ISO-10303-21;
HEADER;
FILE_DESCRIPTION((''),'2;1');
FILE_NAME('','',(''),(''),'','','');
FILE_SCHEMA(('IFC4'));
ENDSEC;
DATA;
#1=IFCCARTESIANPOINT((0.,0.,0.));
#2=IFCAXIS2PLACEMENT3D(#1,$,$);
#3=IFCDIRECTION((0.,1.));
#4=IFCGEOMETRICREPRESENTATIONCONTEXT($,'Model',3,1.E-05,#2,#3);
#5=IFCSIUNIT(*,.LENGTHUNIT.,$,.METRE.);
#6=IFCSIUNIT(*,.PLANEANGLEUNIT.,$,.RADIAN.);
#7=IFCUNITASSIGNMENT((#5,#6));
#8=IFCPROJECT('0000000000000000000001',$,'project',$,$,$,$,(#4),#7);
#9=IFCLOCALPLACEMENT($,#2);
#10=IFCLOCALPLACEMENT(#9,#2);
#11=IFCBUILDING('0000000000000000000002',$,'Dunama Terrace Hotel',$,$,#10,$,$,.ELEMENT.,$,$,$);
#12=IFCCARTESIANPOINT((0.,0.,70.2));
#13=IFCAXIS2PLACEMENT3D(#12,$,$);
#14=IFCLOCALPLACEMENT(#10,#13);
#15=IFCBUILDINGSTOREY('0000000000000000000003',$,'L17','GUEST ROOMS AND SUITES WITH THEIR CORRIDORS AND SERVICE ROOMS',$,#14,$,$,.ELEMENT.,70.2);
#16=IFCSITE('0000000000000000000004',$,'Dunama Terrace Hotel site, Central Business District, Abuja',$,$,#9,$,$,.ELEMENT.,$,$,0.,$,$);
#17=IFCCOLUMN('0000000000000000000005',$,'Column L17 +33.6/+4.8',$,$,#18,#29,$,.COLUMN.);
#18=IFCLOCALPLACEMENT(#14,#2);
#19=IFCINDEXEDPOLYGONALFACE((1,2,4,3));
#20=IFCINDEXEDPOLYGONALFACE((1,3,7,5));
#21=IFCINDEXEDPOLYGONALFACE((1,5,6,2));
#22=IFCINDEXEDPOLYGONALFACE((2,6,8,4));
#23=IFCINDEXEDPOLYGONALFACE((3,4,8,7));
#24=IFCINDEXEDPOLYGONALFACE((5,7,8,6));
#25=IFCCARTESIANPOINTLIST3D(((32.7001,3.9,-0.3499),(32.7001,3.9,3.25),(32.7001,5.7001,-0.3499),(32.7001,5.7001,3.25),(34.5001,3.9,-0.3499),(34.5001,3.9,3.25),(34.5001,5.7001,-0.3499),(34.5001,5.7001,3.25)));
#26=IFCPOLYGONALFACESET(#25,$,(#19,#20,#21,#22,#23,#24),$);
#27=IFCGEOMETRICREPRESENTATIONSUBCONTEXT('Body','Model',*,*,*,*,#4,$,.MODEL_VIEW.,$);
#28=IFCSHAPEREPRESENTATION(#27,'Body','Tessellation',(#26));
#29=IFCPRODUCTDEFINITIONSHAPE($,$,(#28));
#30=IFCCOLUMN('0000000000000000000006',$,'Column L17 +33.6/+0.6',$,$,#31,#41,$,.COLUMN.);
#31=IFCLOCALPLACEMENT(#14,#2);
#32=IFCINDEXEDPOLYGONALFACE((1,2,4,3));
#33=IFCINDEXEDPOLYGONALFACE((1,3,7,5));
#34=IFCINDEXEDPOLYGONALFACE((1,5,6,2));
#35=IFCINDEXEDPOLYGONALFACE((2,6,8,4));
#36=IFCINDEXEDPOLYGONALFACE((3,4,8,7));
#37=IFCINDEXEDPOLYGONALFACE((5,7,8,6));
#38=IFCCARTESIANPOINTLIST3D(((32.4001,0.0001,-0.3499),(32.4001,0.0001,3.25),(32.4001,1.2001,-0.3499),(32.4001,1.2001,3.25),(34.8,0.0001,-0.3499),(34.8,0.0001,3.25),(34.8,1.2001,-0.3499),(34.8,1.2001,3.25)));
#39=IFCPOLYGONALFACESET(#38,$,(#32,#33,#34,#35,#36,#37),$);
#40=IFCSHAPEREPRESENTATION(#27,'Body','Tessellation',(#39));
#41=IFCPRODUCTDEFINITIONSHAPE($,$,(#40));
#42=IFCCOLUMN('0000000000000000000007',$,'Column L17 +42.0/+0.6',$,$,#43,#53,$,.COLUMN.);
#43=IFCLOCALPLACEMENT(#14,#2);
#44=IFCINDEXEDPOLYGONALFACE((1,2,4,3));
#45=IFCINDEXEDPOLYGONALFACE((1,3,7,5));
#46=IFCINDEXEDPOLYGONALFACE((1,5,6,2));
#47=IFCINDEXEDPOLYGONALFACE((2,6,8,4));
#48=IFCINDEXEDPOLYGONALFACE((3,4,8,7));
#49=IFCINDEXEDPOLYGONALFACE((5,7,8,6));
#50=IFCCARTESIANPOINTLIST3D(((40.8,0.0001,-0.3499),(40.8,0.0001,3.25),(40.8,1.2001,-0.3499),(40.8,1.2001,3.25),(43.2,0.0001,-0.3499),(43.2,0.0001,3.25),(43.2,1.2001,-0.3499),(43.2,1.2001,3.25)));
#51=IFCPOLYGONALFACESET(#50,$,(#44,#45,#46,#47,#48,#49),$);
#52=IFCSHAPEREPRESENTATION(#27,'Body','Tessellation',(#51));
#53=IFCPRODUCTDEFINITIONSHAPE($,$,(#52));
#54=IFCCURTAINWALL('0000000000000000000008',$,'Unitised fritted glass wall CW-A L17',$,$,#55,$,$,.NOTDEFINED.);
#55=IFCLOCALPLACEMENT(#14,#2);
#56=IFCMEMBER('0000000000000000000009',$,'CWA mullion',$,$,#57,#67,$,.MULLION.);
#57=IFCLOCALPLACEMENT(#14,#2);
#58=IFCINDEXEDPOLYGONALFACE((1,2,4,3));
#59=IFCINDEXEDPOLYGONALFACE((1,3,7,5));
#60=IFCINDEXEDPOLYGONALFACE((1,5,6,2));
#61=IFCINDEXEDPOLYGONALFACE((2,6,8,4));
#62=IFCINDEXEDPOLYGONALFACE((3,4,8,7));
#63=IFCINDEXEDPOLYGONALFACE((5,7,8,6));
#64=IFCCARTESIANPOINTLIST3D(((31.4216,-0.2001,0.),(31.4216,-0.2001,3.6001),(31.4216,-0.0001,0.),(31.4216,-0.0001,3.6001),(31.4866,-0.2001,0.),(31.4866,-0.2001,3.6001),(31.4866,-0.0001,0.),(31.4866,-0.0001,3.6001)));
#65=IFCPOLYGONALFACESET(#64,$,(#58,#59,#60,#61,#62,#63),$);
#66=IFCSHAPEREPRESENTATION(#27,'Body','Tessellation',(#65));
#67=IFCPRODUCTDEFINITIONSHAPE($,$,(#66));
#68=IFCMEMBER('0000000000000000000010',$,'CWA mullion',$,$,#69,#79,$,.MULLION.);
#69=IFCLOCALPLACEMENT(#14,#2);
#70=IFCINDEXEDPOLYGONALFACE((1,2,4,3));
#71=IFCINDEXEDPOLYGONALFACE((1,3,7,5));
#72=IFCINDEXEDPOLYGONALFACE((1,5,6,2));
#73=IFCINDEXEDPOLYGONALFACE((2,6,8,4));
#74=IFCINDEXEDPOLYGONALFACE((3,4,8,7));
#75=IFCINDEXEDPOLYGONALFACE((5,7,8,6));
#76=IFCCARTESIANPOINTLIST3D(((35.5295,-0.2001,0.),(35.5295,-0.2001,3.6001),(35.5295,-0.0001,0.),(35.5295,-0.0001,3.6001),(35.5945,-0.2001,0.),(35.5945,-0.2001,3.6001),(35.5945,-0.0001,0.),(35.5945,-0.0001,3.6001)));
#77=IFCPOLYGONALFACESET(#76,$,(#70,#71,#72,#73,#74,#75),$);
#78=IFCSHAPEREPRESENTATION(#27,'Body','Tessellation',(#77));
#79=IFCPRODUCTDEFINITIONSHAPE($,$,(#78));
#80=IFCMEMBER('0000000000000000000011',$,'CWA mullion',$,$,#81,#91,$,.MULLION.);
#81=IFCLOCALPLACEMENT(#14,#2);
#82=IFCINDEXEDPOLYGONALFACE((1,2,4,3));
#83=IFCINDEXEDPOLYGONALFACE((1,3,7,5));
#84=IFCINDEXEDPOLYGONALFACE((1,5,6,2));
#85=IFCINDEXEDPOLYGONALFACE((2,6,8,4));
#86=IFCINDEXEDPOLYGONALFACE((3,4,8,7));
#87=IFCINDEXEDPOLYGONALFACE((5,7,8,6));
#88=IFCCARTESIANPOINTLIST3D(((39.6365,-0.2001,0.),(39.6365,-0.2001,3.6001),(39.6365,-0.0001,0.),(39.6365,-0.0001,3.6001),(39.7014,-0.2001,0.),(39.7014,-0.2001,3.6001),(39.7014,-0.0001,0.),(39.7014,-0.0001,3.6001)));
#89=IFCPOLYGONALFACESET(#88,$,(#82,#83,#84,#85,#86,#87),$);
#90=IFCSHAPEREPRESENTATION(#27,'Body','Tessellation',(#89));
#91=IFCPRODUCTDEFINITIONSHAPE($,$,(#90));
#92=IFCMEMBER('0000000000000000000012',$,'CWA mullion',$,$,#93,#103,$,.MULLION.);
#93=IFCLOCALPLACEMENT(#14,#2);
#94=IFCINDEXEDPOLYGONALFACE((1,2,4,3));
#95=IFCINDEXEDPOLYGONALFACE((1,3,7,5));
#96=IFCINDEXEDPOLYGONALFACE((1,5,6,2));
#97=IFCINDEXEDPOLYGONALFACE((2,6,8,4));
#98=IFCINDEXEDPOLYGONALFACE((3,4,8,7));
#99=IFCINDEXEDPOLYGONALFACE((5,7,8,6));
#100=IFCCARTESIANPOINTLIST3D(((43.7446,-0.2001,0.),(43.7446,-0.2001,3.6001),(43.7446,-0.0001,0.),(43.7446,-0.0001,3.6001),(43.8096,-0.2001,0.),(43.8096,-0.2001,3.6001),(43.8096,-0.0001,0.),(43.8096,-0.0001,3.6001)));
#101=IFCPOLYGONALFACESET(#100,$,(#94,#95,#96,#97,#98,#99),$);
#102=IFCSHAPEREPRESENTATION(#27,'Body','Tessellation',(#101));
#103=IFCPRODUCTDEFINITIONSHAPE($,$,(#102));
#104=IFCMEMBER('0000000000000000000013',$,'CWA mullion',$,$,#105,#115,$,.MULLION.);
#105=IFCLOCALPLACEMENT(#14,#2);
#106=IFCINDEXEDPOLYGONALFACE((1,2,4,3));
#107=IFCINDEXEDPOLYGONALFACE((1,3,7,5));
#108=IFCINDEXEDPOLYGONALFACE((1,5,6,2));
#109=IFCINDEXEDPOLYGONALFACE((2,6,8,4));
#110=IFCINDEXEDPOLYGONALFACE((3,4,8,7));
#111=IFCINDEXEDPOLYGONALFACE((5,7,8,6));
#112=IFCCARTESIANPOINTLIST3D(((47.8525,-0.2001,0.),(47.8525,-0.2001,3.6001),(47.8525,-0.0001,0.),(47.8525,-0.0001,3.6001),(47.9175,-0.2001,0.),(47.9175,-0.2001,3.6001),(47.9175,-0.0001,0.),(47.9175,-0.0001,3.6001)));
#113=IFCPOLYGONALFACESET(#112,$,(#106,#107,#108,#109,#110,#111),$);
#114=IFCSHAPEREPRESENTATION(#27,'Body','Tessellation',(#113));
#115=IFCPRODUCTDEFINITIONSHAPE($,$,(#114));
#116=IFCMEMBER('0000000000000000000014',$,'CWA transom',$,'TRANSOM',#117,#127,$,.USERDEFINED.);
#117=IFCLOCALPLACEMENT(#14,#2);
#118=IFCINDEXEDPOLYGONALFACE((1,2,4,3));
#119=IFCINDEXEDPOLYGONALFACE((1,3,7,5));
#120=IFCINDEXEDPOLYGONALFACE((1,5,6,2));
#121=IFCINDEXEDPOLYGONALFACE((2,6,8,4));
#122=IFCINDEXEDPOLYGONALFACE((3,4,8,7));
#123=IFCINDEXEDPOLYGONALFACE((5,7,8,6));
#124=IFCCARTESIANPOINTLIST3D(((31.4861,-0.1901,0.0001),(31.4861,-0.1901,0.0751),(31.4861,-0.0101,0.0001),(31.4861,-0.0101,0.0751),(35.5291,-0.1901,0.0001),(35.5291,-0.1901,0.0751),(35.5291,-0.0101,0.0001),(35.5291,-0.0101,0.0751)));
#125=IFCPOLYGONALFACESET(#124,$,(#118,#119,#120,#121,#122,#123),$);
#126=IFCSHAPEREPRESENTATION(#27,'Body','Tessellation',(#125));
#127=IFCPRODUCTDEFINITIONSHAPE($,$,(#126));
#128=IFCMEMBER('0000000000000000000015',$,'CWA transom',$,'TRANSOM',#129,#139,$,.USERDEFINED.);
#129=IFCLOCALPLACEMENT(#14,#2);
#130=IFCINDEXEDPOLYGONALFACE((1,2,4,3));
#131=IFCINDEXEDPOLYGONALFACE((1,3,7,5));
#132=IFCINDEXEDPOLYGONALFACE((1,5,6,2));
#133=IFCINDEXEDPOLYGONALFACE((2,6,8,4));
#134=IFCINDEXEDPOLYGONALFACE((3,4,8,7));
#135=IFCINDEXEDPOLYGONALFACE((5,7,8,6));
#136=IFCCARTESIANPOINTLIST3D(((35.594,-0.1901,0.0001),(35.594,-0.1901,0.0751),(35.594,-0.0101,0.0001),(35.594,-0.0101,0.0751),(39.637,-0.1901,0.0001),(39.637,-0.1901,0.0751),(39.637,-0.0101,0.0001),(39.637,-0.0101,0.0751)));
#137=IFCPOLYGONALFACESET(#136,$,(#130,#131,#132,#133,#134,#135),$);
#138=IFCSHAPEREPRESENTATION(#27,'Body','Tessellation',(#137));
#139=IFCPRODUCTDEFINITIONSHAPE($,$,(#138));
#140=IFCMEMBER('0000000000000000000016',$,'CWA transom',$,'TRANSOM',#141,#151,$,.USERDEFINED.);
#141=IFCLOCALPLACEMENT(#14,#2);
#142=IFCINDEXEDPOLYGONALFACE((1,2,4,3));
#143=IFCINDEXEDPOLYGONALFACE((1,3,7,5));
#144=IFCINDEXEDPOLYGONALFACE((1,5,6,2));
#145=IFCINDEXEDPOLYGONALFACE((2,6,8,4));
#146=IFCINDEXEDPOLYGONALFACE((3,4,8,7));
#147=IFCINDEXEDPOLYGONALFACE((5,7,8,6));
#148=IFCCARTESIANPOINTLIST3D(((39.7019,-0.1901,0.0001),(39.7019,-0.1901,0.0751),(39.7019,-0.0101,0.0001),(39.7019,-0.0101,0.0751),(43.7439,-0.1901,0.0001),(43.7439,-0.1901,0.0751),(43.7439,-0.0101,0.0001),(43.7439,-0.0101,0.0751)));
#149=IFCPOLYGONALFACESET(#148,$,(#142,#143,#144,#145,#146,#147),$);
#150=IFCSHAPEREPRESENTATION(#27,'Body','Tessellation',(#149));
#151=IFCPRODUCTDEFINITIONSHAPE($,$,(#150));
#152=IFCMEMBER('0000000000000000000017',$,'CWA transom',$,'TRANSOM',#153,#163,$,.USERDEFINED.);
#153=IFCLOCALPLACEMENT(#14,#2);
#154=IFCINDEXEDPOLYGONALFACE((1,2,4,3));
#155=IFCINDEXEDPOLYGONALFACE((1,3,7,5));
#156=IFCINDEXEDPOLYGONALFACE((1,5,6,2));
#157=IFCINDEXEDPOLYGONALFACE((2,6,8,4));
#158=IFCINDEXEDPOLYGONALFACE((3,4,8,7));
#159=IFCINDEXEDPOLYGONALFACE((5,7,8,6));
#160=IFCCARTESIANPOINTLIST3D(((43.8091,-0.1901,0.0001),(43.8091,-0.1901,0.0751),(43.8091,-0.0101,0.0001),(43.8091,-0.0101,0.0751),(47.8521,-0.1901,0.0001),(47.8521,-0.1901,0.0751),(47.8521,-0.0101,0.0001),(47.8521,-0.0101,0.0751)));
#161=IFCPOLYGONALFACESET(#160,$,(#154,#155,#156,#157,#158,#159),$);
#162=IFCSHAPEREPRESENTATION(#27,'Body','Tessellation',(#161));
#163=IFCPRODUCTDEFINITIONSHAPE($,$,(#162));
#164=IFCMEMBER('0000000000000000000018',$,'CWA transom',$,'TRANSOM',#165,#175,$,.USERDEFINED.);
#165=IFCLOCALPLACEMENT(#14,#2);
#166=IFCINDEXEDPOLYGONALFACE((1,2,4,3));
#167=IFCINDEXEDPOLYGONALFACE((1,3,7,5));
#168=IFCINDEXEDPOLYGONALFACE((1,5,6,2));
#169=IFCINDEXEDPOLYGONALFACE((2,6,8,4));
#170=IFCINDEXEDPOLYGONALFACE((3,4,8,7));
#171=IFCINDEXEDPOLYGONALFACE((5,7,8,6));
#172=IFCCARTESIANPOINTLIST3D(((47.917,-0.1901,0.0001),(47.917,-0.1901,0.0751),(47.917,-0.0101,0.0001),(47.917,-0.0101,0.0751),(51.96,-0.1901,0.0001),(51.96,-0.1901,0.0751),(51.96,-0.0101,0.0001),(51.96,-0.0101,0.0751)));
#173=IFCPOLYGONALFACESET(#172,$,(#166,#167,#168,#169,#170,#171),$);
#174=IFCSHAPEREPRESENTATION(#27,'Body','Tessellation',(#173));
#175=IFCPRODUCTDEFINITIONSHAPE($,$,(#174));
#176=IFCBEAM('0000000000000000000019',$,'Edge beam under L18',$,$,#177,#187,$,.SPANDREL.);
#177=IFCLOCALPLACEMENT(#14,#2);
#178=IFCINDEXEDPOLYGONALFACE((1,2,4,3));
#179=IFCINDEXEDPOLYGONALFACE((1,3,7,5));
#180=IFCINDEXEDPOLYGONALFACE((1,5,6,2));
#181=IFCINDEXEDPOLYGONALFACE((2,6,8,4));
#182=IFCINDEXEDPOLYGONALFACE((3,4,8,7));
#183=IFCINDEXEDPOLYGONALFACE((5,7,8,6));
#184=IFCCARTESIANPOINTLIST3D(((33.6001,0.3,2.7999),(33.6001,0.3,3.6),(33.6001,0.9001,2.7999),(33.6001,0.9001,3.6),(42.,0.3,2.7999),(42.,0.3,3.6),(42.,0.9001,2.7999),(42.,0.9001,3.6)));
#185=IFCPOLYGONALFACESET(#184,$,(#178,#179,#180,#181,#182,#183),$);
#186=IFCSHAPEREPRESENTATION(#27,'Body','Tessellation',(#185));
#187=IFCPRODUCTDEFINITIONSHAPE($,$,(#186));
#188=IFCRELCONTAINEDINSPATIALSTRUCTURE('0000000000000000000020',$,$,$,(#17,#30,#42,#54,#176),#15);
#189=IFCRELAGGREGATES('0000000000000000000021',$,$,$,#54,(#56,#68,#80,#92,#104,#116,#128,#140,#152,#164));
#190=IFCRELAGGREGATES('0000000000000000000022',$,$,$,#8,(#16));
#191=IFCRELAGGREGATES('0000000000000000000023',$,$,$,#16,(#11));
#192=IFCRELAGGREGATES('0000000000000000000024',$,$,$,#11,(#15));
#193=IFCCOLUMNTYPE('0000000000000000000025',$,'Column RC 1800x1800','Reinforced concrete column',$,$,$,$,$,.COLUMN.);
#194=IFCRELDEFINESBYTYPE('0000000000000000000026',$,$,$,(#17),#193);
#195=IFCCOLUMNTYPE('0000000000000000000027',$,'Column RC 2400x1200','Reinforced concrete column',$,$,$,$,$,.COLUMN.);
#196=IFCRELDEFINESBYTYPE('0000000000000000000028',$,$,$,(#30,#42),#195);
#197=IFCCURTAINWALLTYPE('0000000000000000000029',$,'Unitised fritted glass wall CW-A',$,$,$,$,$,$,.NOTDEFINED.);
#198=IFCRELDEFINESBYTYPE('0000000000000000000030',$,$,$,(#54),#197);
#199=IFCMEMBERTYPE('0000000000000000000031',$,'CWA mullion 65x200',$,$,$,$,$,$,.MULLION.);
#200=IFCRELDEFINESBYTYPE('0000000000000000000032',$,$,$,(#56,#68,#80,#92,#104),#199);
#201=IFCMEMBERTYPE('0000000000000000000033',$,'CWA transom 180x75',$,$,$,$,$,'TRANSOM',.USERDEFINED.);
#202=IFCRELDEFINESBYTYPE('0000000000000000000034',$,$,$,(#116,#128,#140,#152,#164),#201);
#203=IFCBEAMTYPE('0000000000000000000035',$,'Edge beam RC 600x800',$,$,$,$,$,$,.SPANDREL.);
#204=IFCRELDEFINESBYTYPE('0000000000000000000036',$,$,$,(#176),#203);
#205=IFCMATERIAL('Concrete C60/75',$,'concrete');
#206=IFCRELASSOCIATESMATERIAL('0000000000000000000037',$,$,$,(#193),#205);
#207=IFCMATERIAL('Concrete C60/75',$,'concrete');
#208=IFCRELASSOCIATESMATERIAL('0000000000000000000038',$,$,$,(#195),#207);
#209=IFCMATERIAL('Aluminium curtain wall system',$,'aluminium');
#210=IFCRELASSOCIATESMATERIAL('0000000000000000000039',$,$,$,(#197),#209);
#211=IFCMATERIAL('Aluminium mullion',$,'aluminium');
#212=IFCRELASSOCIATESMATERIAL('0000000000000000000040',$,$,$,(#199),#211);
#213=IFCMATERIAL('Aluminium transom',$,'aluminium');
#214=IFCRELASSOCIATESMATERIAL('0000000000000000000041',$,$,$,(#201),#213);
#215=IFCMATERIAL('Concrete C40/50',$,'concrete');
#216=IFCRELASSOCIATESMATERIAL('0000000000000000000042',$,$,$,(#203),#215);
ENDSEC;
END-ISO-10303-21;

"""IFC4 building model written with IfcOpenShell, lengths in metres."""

from ifc_helpers import new_model, si_unit, direction, frame, origin, origin_2d, place, context, subcontext, project, spatial, rectangle, extrude, material, material_profile, profile_set, type_object, element, aggregate, save


model = new_model("IFC4")

# Units and contexts
model_context = context("Model", 3, precision=1e-05, world=origin(), true_north=direction((0.0, 1.0)))
body_context = subcontext(model_context, "Body", "Model", "MODEL_VIEW")
ifc_project = project(units=[si_unit("LENGTHUNIT", "METRE"), si_unit("PLANEANGLEUNIT", "RADIAN")], contexts=[model_context])

# Site, building, storey
site_placement = place(None, origin())
site = spatial("IfcSite", under=ifc_project, at=site_placement, Name="Dunama Terrace Hotel site, Central Business District, Abuja", CompositionType="ELEMENT", RefElevation=0.0)
building_placement = place(site_placement, origin())
building = spatial("IfcBuilding", under=site, at=building_placement, Name="Dunama Terrace Hotel", CompositionType="ELEMENT")
storey_placement = place(building_placement, frame((0.0, 0.0, 70.2)))
storey = spatial("IfcBuildingStorey", under=building, at=storey_placement, Name="L17", Description="GUEST ROOMS AND SUITES WITH THEIR CORRIDORS AND SERVICE ROOMS", CompositionType="ELEMENT", Elevation=70.2)

# Columns
ifc_material_1 = material(Name="Concrete C60/75", Category="concrete")
ifc_material_profile_1 = material_profile(ifc_material_1, rectangle(XDim=1.8, YDim=1.8, at=origin_2d()), Name="RC 1800x1800")
ifc_profile_set_1 = profile_set([ifc_material_profile_1], Name="Concrete C60/75")
column_type_1 = type_object("IfcColumnType", Name="Column RC 1800x1800", Description="Reinforced concrete column", PredefinedType="COLUMN", material=ifc_profile_set_1)
column_placement = place(storey_placement, frame((33.6001, 4.8, -0.3499), z_axis=(0.0, 0.0, 1.0), x_axis=(1.0, 0.0, 0.0)))
element("IfcColumn", 1, at=column_placement, inside=storey, type_object=column_type_1, Name="Column L17 +33.6/+4.8", PredefinedType="COLUMN", context=body_context, shape_type="SweptSolid", body=[
    extrude(rectangle(XDim=1.8, YDim=1.8, at=origin_2d()), origin(), (0.0, 0.0, 1.0), 3.5999),
])
ifc_material_2 = material(Name="Concrete C60/75", Category="concrete")
ifc_material_profile_2 = material_profile(ifc_material_2, rectangle(XDim=2.3999, YDim=1.2, at=origin_2d()), Name="RC 2400x1200")
ifc_profile_set_2 = profile_set([ifc_material_profile_2], Name="Concrete C60/75")
column_type_2 = type_object("IfcColumnType", Name="Column RC 2400x1200", Description="Reinforced concrete column", PredefinedType="COLUMN", material=ifc_profile_set_2)
for number, where, z_axis, x_axis, name in (
    (2, (33.6001, 0.6001, -0.3499), (0.0, 0.0, 1.0), (1.0, 0.0, 0.0), "Column L17 +33.6/+0.6"),
    (3, (42.0, 0.6001, -0.3499), (0.0, 0.0, 1.0), (1.0, 0.0, 0.0), "Column L17 +42.0/+0.6"),
):
    element("IfcColumn", number, at=place(storey_placement, frame(where, z_axis=z_axis, x_axis=x_axis)), inside=storey, type_object=column_type_2, Name=name, PredefinedType="COLUMN", context=body_context, shape_type="SweptSolid", body=[
        extrude(rectangle(XDim=2.3999, YDim=1.2, at=origin_2d()), origin(), (0.0, 0.0, 1.0), 3.5999),
    ])

# Curtain wall, members
ifc_material_3 = material(Name="Aluminium curtain wall system", Category="aluminium")
curtain_wall_type = type_object("IfcCurtainWallType", Name="Unitised fritted glass wall CW-A", PredefinedType="NOTDEFINED", material=ifc_material_3)
curtain_wall_placement = place(storey_placement, origin())
curtain_wall = element("IfcCurtainWall", 4, at=curtain_wall_placement, inside=storey, type_object=curtain_wall_type, Name="Unitised fritted glass wall CW-A L17", PredefinedType="NOTDEFINED")
ifc_material_4 = material(Name="Aluminium mullion", Category="aluminium")
ifc_material_profile_3 = material_profile(ifc_material_4, rectangle(XDim=0.0649, YDim=0.2, at=origin_2d()), Name="CWA MULLION 65X200")
ifc_profile_set_3 = profile_set([ifc_material_profile_3], Name="Aluminium mullion")
member_type_1 = type_object("IfcMemberType", Name="CWA mullion 65x200", PredefinedType="MULLION", material=ifc_profile_set_3)
member_1_placement = place(storey_placement, frame((31.4541, -0.1001, 0.0), z_axis=(0.0, 0.0, 1.0), x_axis=(1.0, 0.0, 0.0)))
member_1 = element("IfcMember", 5, at=member_1_placement, type_object=member_type_1, Name="CWA mullion", PredefinedType="MULLION", context=body_context, shape_type="SweptSolid", body=[
    extrude(rectangle(XDim=0.0649, YDim=0.2, at=origin_2d()), origin(), (0.0, 0.0, 1.0), 3.6001),
])
member_2_placement = place(storey_placement, frame((35.562, -0.1001, 0.0), z_axis=(0.0, 0.0, 1.0), x_axis=(1.0, 0.0, 0.0)))
member_2 = element("IfcMember", 6, at=member_2_placement, type_object=member_type_1, Name="CWA mullion", PredefinedType="MULLION", context=body_context, shape_type="SweptSolid", body=[
    extrude(rectangle(XDim=0.0649, YDim=0.2, at=origin_2d()), origin(), (0.0, 0.0, 1.0), 3.6001),
])
member_3_placement = place(storey_placement, frame((39.6689, -0.1001, 0.0), z_axis=(0.0, 0.0, 1.0), x_axis=(1.0, 0.0, 0.0)))
member_3 = element("IfcMember", 7, at=member_3_placement, type_object=member_type_1, Name="CWA mullion", PredefinedType="MULLION", context=body_context, shape_type="SweptSolid", body=[
    extrude(rectangle(XDim=0.0649, YDim=0.2, at=origin_2d()), origin(), (0.0, 0.0, 1.0), 3.6001),
])
member_4_placement = place(storey_placement, frame((43.7771, -0.1001, 0.0), z_axis=(0.0, 0.0, 1.0), x_axis=(1.0, 0.0, 0.0)))
member_4 = element("IfcMember", 8, at=member_4_placement, type_object=member_type_1, Name="CWA mullion", PredefinedType="MULLION", context=body_context, shape_type="SweptSolid", body=[
    extrude(rectangle(XDim=0.0649, YDim=0.2, at=origin_2d()), origin(), (0.0, 0.0, 1.0), 3.6001),
])
member_5_placement = place(storey_placement, frame((47.885, -0.1001, 0.0), z_axis=(0.0, 0.0, 1.0), x_axis=(1.0, 0.0, 0.0)))
member_5 = element("IfcMember", 9, at=member_5_placement, type_object=member_type_1, Name="CWA mullion", PredefinedType="MULLION", context=body_context, shape_type="SweptSolid", body=[
    extrude(rectangle(XDim=0.0649, YDim=0.2, at=origin_2d()), origin(), (0.0, 0.0, 1.0), 3.6001),
])
ifc_material_5 = material(Name="Aluminium transom", Category="aluminium")
ifc_material_profile_4 = material_profile(ifc_material_5, rectangle(XDim=0.1799, YDim=0.075, at=origin_2d()), Name="CWA TRANSOM 180X75")
ifc_profile_set_4 = profile_set([ifc_material_profile_4], Name="Aluminium transom")
member_type_2 = type_object("IfcMemberType", Name="CWA transom 180x75", ElementType="TRANSOM", PredefinedType="USERDEFINED", material=ifc_profile_set_4)
member_6_placement = place(storey_placement, frame((31.4861, -0.1001, 0.0376), z_axis=(1.0, 0.0, 0.0), x_axis=(0.0, 1.0, 0.0)))
member_6 = element("IfcMember", 10, at=member_6_placement, type_object=member_type_2, Name="CWA transom", ObjectType="TRANSOM", PredefinedType="USERDEFINED", context=body_context, shape_type="SweptSolid", body=[
    extrude(rectangle(XDim=0.1799, YDim=0.075, at=origin_2d()), origin(), (0.0, 0.0, 1.0), 4.043),
])
member_7_placement = place(storey_placement, frame((35.594, -0.1001, 0.0376), z_axis=(1.0, 0.0, 0.0), x_axis=(0.0, 1.0, 0.0)))
member_7 = element("IfcMember", 11, at=member_7_placement, type_object=member_type_2, Name="CWA transom", ObjectType="TRANSOM", PredefinedType="USERDEFINED", context=body_context, shape_type="SweptSolid", body=[
    extrude(rectangle(XDim=0.1799, YDim=0.075, at=origin_2d()), origin(), (0.0, 0.0, 1.0), 4.043),
])
member_8_placement = place(storey_placement, frame((39.7019, -0.1001, 0.0376), z_axis=(1.0, 0.0, 0.0), x_axis=(0.0, 1.0, 0.0)))
member_8 = element("IfcMember", 12, at=member_8_placement, type_object=member_type_2, Name="CWA transom", ObjectType="TRANSOM", PredefinedType="USERDEFINED", context=body_context, shape_type="SweptSolid", body=[
    extrude(rectangle(XDim=0.1799, YDim=0.075, at=origin_2d()), origin(), (0.0, 0.0, 1.0), 4.042),
])
member_9_placement = place(storey_placement, frame((43.8091, -0.1001, 0.0376), z_axis=(1.0, 0.0, 0.0), x_axis=(0.0, 1.0, 0.0)))
member_9 = element("IfcMember", 13, at=member_9_placement, type_object=member_type_2, Name="CWA transom", ObjectType="TRANSOM", PredefinedType="USERDEFINED", context=body_context, shape_type="SweptSolid", body=[
    extrude(rectangle(XDim=0.1799, YDim=0.075, at=origin_2d()), origin(), (0.0, 0.0, 1.0), 4.043),
])
member_10_placement = place(storey_placement, frame((47.917, -0.1001, 0.0376), z_axis=(1.0, 0.0, 0.0), x_axis=(0.0, 1.0, 0.0)))
member_10 = element("IfcMember", 14, at=member_10_placement, type_object=member_type_2, Name="CWA transom", ObjectType="TRANSOM", PredefinedType="USERDEFINED", context=body_context, shape_type="SweptSolid", body=[
    extrude(rectangle(XDim=0.1799, YDim=0.075, at=origin_2d()), origin(), (0.0, 0.0, 1.0), 4.043),
])

# Beam
ifc_material_6 = material(Name="Concrete C40/50", Category="concrete")
ifc_material_profile_5 = material_profile(ifc_material_6, rectangle(XDim=0.6001, YDim=0.8, at=origin_2d()), Name="RC 600x800")
ifc_profile_set_5 = profile_set([ifc_material_profile_5], Name="Concrete C40/50")
beam_type = type_object("IfcBeamType", Name="Edge beam RC 600x800", PredefinedType="SPANDREL", material=ifc_profile_set_5)
for number, where, z_axis, x_axis, name in (
    (15, (33.6001, 0.6001, 3.2), (1.0, 0.0, 0.0), (0.0, 1.0, 0.0), "Edge beam under L18"),
):
    element("IfcBeam", number, at=place(storey_placement, frame(where, z_axis=z_axis, x_axis=x_axis)), inside=storey, type_object=beam_type, Name=name, PredefinedType="SPANDREL", context=body_context, shape_type="SweptSolid", body=[
        extrude(rectangle(XDim=0.6001, YDim=0.8, at=origin_2d()), origin(), (0.0, 0.0, 1.0), 8.3999),
    ])

aggregate(curtain_wall, [member_1, member_2, member_3, member_4, member_5, member_6, member_7, member_8, member_9, member_10])

save(model, "model.ifc")
